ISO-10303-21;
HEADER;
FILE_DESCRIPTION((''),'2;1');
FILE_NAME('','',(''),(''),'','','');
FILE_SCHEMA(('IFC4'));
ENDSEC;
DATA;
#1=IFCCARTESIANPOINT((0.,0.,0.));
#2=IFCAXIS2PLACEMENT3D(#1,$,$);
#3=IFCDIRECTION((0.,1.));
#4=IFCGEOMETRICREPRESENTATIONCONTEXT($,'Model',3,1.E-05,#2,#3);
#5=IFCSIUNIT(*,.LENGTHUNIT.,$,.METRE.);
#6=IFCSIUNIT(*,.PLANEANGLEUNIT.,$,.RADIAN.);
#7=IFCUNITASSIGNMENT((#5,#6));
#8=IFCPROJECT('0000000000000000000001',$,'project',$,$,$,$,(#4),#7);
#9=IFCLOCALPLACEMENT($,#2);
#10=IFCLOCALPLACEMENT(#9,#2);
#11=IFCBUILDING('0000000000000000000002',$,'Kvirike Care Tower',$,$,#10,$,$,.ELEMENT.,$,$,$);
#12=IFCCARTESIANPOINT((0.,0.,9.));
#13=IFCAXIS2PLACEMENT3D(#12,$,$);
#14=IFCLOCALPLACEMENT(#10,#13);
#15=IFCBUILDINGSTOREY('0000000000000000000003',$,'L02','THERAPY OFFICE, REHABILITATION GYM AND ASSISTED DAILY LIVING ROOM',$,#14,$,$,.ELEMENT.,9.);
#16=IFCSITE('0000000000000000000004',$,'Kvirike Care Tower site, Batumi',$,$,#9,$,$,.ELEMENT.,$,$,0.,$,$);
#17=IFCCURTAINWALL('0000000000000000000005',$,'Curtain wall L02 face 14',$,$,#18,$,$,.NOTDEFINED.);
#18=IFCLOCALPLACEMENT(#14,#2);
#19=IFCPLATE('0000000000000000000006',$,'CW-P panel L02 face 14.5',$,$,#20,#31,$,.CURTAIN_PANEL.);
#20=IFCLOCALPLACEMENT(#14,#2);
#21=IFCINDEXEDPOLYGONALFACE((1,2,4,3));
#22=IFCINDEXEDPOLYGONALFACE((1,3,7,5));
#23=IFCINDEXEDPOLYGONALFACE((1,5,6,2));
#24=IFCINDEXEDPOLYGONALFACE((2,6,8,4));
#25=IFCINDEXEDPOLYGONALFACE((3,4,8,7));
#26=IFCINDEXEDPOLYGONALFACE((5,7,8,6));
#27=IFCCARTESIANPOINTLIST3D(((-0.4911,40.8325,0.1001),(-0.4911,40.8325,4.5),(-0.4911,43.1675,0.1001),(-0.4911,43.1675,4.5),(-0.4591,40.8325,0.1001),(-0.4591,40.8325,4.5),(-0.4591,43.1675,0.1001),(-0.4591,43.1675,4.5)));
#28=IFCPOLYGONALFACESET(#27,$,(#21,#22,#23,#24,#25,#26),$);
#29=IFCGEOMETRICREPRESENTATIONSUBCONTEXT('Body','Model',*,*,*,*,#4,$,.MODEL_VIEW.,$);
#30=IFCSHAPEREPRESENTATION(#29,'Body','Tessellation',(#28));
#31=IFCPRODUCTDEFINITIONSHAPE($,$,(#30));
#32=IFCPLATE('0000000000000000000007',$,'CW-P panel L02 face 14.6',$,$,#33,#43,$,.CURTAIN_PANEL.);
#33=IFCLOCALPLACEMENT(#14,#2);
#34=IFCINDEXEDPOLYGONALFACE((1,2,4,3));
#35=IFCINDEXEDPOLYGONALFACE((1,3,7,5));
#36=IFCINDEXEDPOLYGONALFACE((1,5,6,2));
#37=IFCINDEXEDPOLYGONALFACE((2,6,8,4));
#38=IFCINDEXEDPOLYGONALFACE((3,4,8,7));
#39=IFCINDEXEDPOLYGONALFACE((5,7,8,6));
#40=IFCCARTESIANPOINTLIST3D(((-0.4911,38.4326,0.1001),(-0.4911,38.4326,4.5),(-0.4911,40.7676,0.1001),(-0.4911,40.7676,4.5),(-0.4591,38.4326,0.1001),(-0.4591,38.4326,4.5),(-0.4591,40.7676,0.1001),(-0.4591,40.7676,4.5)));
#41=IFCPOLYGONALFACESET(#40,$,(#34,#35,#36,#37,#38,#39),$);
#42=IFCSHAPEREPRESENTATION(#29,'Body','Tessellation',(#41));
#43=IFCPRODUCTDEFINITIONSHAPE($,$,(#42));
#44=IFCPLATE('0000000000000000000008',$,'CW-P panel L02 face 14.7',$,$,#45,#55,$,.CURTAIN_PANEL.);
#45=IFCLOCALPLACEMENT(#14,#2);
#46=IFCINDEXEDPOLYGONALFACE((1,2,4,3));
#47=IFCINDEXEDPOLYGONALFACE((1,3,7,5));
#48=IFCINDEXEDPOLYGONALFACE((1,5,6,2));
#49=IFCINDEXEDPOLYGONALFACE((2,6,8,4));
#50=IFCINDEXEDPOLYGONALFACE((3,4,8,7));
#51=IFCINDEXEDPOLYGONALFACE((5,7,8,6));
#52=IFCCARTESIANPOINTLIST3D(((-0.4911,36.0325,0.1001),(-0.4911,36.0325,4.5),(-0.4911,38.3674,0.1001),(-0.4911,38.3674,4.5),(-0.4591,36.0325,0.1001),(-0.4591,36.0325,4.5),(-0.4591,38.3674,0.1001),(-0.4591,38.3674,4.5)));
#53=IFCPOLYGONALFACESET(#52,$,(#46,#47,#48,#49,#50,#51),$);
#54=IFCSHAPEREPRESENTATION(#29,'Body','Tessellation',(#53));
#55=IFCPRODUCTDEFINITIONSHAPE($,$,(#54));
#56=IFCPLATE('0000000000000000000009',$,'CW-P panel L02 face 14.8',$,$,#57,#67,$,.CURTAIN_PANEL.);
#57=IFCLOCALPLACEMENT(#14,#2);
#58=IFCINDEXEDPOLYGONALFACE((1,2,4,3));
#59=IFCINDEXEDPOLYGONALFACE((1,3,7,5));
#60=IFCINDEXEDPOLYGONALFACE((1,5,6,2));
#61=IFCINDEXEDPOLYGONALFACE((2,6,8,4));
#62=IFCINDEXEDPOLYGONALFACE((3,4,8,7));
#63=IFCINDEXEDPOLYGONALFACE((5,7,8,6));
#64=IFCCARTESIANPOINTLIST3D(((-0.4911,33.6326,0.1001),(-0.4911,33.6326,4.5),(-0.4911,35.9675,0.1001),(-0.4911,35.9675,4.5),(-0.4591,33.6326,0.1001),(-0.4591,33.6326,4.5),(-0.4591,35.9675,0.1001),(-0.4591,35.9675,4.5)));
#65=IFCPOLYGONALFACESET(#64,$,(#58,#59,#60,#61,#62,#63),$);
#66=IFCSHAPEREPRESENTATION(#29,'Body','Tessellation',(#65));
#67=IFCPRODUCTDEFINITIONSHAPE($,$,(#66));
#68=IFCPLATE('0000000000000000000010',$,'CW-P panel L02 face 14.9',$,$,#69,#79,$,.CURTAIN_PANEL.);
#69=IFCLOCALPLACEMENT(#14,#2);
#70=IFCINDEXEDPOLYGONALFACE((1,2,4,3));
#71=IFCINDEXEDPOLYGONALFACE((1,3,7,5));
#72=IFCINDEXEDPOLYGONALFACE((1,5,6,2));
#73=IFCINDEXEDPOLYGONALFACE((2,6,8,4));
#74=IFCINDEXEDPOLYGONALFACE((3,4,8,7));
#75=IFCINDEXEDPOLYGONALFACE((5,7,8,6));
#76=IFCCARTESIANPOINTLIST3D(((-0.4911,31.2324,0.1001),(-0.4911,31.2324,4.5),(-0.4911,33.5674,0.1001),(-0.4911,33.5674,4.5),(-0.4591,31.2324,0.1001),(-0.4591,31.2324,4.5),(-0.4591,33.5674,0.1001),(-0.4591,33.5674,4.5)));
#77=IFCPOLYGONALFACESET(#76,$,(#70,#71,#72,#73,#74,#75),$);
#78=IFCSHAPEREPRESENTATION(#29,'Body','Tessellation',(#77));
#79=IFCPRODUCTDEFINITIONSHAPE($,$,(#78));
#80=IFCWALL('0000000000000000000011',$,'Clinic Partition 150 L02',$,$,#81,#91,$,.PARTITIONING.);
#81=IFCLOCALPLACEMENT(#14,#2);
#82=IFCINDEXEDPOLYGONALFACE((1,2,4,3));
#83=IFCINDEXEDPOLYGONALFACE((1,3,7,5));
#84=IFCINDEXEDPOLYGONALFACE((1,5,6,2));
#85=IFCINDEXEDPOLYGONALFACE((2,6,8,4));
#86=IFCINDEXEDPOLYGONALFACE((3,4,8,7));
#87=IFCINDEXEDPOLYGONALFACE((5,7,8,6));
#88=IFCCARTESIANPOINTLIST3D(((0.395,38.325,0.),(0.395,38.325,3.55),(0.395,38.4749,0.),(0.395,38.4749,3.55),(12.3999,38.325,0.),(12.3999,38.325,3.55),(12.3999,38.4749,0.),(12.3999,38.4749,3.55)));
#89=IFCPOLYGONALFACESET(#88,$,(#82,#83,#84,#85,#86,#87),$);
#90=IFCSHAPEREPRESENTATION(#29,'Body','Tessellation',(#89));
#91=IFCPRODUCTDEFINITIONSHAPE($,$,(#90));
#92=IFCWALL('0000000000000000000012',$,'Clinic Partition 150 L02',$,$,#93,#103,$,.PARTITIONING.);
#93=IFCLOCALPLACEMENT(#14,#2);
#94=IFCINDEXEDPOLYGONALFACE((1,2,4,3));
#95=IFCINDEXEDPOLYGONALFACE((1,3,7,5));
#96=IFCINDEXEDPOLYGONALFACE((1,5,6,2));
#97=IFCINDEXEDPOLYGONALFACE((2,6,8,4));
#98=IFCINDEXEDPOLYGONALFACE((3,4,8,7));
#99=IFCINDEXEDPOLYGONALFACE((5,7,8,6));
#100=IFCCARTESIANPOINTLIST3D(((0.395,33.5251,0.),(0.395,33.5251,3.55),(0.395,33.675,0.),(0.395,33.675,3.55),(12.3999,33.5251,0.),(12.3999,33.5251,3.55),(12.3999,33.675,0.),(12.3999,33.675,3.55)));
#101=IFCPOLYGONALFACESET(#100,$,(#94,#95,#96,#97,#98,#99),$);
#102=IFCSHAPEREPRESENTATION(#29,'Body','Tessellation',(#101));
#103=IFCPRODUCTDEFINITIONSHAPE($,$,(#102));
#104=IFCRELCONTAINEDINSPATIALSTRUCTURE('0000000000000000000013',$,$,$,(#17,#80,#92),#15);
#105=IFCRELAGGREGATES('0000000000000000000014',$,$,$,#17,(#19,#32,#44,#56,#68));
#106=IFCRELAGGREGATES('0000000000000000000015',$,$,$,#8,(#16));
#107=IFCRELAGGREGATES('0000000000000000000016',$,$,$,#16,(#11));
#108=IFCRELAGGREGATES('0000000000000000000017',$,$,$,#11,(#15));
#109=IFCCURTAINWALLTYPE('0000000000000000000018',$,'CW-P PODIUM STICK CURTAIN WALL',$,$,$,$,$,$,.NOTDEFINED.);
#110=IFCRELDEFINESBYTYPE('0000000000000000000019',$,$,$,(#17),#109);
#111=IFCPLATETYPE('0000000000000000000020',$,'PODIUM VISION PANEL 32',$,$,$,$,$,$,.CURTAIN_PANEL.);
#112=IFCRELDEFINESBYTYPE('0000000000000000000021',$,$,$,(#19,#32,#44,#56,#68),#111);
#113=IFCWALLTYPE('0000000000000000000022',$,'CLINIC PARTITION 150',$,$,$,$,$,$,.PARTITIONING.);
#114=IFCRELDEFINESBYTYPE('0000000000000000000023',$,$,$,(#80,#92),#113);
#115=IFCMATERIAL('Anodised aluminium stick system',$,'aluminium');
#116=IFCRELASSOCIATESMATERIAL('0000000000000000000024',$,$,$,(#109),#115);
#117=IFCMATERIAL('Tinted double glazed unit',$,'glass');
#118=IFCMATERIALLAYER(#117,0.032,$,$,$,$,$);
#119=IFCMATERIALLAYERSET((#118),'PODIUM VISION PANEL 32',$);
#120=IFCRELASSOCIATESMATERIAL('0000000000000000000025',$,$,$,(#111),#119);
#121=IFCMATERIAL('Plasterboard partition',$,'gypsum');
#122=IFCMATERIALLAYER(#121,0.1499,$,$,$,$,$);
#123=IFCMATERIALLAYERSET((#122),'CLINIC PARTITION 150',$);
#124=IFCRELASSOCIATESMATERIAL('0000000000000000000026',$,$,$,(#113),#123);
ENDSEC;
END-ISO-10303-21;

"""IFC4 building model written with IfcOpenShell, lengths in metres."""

from ifc_helpers import new_model, si_unit, direction, frame, frame_2d, origin, origin_2d, place, context, subcontext, project, spatial, rectangle, extrude, material, layer, layer_set, type_object, element, aggregate, save


model = new_model("IFC4")

# Units and contexts
model_context = context("Model", 3, precision=1e-05, world=origin(), true_north=direction((0.0, 1.0)))
body_context = subcontext(model_context, "Body", "Model", "MODEL_VIEW")
ifc_project = project(units=[si_unit("LENGTHUNIT", "METRE"), si_unit("PLANEANGLEUNIT", "RADIAN")], contexts=[model_context])

# Site, building, storey
site_placement = place(None, origin())
site = spatial("IfcSite", under=ifc_project, at=site_placement, Name="Kvirike Care Tower site, Batumi", CompositionType="ELEMENT", RefElevation=0.0)
building_placement = place(site_placement, origin())
building = spatial("IfcBuilding", under=site, at=building_placement, Name="Kvirike Care Tower", CompositionType="ELEMENT")
storey_placement = place(building_placement, frame((0.0, 0.0, 9.0)))
storey = spatial("IfcBuildingStorey", under=building, at=storey_placement, Name="L02", Description="THERAPY OFFICE, REHABILITATION GYM AND ASSISTED DAILY LIVING ROOM", CompositionType="ELEMENT", Elevation=9.0)

# Curtain wall
ifc_material_1 = material(Name="Anodised aluminium stick system", Category="aluminium")
curtain_wall_type = type_object("IfcCurtainWallType", Name="CW-P PODIUM STICK CURTAIN WALL", PredefinedType="NOTDEFINED", material=ifc_material_1)
curtain_wall_placement = place(storey_placement, origin())
curtain_wall = element("IfcCurtainWall", 1, at=curtain_wall_placement, inside=storey, type_object=curtain_wall_type, Name="Curtain wall L02 face 14", PredefinedType="NOTDEFINED")

# Plates
ifc_material_2 = material(Name="Tinted double glazed unit", Category="glass")
ifc_layer_1 = layer(ifc_material_2, 0.032)
ifc_layer_set_1 = layer_set([ifc_layer_1], Name="PODIUM VISION PANEL 32")
plate_type = type_object("IfcPlateType", Name="PODIUM VISION PANEL 32", PredefinedType="CURTAIN_PANEL", material=ifc_layer_set_1)
plate_1_placement = place(storey_placement, frame((-0.4751, 42.0, 0.1001), z_axis=(0.0, 0.0, 1.0), x_axis=(0.0, -1.0, 0.0)))
plate_1 = element("IfcPlate", 2, at=plate_1_placement, type_object=plate_type, Name="CW-P panel L02 face 14.5", PredefinedType="CURTAIN_PANEL", context=body_context, shape_type="SweptSolid", body=[
    extrude(rectangle(XDim=2.335, YDim=0.032, at=origin_2d()), origin(), (0.0, 0.0, 1.0), 4.3999),
])
plate_2_placement = place(storey_placement, frame((-0.4751, 39.6001, 0.1001), z_axis=(0.0, 0.0, 1.0), x_axis=(0.0, -1.0, 0.0)))
plate_2 = element("IfcPlate", 3, at=plate_2_placement, type_object=plate_type, Name="CW-P panel L02 face 14.6", PredefinedType="CURTAIN_PANEL", context=body_context, shape_type="SweptSolid", body=[
    extrude(rectangle(XDim=2.335, YDim=0.032, at=origin_2d()), origin(), (0.0, 0.0, 1.0), 4.3999),
])
plate_3_placement = place(storey_placement, frame((-0.4751, 37.2, 0.1001), z_axis=(0.0, 0.0, 1.0), x_axis=(0.0, -1.0, 0.0)))
plate_3 = element("IfcPlate", 4, at=plate_3_placement, type_object=plate_type, Name="CW-P panel L02 face 14.7", PredefinedType="CURTAIN_PANEL", context=body_context, shape_type="SweptSolid", body=[
    extrude(rectangle(XDim=2.335, YDim=0.032, at=origin_2d()), origin(), (0.0, 0.0, 1.0), 4.3999),
])
plate_4_placement = place(storey_placement, frame((-0.4751, 34.8, 0.1001), z_axis=(0.0, 0.0, 1.0), x_axis=(0.0, -1.0, 0.0)))
plate_4 = element("IfcPlate", 5, at=plate_4_placement, type_object=plate_type, Name="CW-P panel L02 face 14.8", PredefinedType="CURTAIN_PANEL", context=body_context, shape_type="SweptSolid", body=[
    extrude(rectangle(XDim=2.335, YDim=0.032, at=origin_2d()), origin(), (0.0, 0.0, 1.0), 4.3999),
])
plate_5_placement = place(storey_placement, frame((-0.4751, 32.3999, 0.1001), z_axis=(0.0, 0.0, 1.0), x_axis=(0.0, -1.0, 0.0)))
plate_5 = element("IfcPlate", 6, at=plate_5_placement, type_object=plate_type, Name="CW-P panel L02 face 14.9", PredefinedType="CURTAIN_PANEL", context=body_context, shape_type="SweptSolid", body=[
    extrude(rectangle(XDim=2.335, YDim=0.032, at=origin_2d()), origin(), (0.0, 0.0, 1.0), 4.3999),
])
aggregate(curtain_wall, [plate_1, plate_2, plate_3, plate_4, plate_5])

# Walls
ifc_material_3 = material(Name="Plasterboard partition", Category="gypsum")
ifc_layer_2 = layer(ifc_material_3, 0.1499)
ifc_layer_set_2 = layer_set([ifc_layer_2], Name="CLINIC PARTITION 150")
wall_type = type_object("IfcWallType", Name="CLINIC PARTITION 150", PredefinedType="PARTITIONING", material=ifc_layer_set_2)
for number, where, z_axis, x_axis, name in (
    (7, (0.395, 38.3999, 0.0), (0.0, 0.0, 1.0), (1.0, 0.0, 0.0), "Clinic Partition 150 L02"),
    (8, (0.395, 33.6001, 0.0), (0.0, 0.0, 1.0), (1.0, 0.0, 0.0), "Clinic Partition 150 L02"),
):
    element("IfcWall", number, at=place(storey_placement, frame(where, z_axis=z_axis, x_axis=x_axis)), inside=storey, type_object=wall_type, Name=name, PredefinedType="PARTITIONING", context=body_context, shape_type="SweptSolid", body=[
        extrude(rectangle(XDim=12.0049, YDim=0.1499, at=frame_2d((6.0024, 0.0))), origin(), (0.0, 0.0, 1.0), 3.55),
    ])

save(model, "model.ifc")
